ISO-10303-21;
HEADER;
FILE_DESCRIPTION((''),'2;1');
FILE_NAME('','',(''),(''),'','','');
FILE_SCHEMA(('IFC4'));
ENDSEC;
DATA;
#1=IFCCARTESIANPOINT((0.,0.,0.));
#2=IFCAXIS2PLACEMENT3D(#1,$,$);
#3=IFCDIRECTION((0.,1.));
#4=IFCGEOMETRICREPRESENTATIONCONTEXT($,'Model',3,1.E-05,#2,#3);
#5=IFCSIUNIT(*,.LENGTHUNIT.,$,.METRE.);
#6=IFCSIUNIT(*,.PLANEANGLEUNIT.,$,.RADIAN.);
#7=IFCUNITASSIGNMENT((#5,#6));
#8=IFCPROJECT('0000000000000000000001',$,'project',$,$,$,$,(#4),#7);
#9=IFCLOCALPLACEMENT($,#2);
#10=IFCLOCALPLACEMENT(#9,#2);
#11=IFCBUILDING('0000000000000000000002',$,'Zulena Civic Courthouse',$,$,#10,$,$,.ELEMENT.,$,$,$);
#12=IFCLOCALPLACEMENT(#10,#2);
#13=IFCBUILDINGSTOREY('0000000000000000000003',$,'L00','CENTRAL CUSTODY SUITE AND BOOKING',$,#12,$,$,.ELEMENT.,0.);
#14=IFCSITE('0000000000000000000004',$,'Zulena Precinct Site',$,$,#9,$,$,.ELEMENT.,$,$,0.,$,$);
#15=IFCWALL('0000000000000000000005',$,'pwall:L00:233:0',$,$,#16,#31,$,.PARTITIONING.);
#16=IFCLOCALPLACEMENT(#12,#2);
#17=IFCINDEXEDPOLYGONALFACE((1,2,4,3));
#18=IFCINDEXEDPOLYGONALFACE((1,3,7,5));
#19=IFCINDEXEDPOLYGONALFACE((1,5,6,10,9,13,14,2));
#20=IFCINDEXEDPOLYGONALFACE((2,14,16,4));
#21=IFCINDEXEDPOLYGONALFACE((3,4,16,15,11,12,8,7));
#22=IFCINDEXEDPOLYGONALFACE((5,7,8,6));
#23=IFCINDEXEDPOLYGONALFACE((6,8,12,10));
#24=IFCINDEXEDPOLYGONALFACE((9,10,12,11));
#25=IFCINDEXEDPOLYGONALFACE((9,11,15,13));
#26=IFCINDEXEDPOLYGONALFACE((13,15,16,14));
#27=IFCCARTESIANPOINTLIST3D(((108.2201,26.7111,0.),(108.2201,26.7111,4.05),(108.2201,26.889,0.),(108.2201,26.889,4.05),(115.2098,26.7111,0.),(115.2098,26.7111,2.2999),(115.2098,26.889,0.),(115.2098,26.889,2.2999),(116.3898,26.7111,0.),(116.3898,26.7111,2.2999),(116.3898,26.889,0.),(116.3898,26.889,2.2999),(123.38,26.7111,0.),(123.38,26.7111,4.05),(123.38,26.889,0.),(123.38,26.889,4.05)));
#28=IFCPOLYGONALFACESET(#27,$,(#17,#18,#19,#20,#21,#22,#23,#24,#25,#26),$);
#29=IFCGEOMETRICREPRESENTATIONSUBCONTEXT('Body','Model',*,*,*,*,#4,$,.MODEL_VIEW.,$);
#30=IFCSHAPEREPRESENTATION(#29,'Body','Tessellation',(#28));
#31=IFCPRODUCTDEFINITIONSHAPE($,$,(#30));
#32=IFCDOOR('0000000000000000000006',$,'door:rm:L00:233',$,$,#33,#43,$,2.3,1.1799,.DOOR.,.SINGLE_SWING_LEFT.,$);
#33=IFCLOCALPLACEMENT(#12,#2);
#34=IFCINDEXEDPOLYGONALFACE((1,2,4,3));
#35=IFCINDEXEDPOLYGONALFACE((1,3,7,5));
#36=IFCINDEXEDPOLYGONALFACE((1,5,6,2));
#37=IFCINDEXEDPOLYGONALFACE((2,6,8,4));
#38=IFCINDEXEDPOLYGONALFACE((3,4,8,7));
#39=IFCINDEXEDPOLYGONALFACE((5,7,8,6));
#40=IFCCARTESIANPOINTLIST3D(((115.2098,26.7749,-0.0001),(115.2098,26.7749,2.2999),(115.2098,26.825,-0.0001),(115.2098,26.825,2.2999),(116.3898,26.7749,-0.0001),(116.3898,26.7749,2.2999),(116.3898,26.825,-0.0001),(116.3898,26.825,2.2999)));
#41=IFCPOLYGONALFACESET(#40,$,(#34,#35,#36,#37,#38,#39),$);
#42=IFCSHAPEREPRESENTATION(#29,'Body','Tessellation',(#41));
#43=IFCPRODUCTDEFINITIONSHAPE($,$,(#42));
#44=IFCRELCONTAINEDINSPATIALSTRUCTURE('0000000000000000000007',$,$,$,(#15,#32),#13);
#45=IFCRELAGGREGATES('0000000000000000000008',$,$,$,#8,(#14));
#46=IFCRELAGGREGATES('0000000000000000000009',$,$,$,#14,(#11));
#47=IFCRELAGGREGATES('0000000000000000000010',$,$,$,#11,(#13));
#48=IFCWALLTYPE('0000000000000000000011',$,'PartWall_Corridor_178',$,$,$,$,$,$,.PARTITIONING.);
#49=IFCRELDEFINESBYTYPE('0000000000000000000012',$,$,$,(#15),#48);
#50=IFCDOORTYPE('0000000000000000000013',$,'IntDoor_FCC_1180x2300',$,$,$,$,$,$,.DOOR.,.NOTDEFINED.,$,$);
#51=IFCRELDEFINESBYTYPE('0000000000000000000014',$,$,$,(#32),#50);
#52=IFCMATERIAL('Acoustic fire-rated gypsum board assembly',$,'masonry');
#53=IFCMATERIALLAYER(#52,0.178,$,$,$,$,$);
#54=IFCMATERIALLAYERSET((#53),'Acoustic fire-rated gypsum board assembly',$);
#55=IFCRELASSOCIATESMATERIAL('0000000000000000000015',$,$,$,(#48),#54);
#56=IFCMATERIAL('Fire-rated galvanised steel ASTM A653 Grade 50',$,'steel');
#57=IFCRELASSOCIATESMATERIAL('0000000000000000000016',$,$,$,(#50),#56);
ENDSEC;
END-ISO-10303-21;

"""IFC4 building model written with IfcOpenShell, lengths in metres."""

from ifc_helpers import new_model, si_unit, direction, frame, frame_2d, origin, place, context, subcontext, project, spatial, rectangle, extrude, material, layer, layer_set, type_object, element, fill, save


model = new_model("IFC4")

# Units and contexts
model_context = context("Model", 3, precision=1e-05, world=origin(), true_north=direction((0.0, 1.0)))
body_context = subcontext(model_context, "Body", "Model", "MODEL_VIEW")
ifc_project = project(units=[si_unit("LENGTHUNIT", "METRE"), si_unit("PLANEANGLEUNIT", "RADIAN")], contexts=[model_context])

# Site, building, storey
site_placement = place(None, origin())
site = spatial("IfcSite", under=ifc_project, at=site_placement, Name="Zulena Precinct Site", CompositionType="ELEMENT", RefElevation=0.0)
building_placement = place(site_placement, origin())
building = spatial("IfcBuilding", under=site, at=building_placement, Name="Zulena Civic Courthouse", CompositionType="ELEMENT")
storey_placement = place(building_placement, origin())
storey = spatial("IfcBuildingStorey", under=building, at=storey_placement, Name="L00", Description="CENTRAL CUSTODY SUITE AND BOOKING", CompositionType="ELEMENT", Elevation=0.0)

# Wall, opening, door
ifc_material_1 = material(Name="Acoustic fire-rated gypsum board assembly", Category="masonry")
ifc_layer_1 = layer(ifc_material_1, 0.178)
ifc_layer_set_1 = layer_set([ifc_layer_1], Name="Acoustic fire-rated gypsum board assembly")
wall_type_1 = type_object("IfcWallType", Name="PartWall_Corridor_178", PredefinedType="PARTITIONING", material=ifc_layer_set_1)
wall_1_placement = place(storey_placement, frame((108.22, 26.8, 0.0), z_axis=(0.0, 0.0, 1.0), x_axis=(1.0, 0.0, 0.0)))
wall_1 = element("IfcWall", 1, at=wall_1_placement, inside=storey, type_object=wall_type_1, Name="pwall:L00:233:0", PredefinedType="PARTITIONING", context=body_context, shape_type="SweptSolid", body=[
    extrude(rectangle(XDim=15.1599, YDim=0.178, at=frame_2d((7.5801, 0.0))), origin(), (0.0, 0.0, 1.0), 4.05),
])
opening_1_placement = place(wall_1_placement, frame((6.99, 0.0, 0.0)))
opening_1 = element("IfcOpeningElement", 2, at=opening_1_placement, cuts=wall_1, PredefinedType="OPENING", context=body_context, shape_type="SweptSolid", body=[
    extrude(rectangle(XDim=1.1799, YDim=2.3, at=frame_2d((0.5898, 1.1499))), frame((0.0, 0.0989, 0.0), z_axis=(0.0, -1.0, 0.0), x_axis=(1.0, 0.0, 0.0)), (0.0, 0.0, 1.0), 0.198),
])
ifc_material_2 = material(Name="Fire-rated galvanised steel ASTM A653 Grade 50", Category="steel")
door_type_1 = type_object("IfcDoorType", Name="IntDoor_FCC_1180x2300", OperationType="NOTDEFINED", PredefinedType="DOOR", material=ifc_material_2)
door_1_placement = place(opening_1_placement, origin())
door_1 = element("IfcDoor", 3, at=door_1_placement, inside=storey, type_object=door_type_1, Name="door:rm:L00:233", OperationType="SINGLE_SWING_LEFT", OverallHeight=2.3, OverallWidth=1.1799, PredefinedType="DOOR", context=body_context, shape_type="SweptSolid", body=[
    extrude(rectangle(XDim=1.1799, YDim=2.3, at=frame_2d((0.5898, 1.1499))), frame((0.0, 0.0249, 0.0), z_axis=(0.0, -1.0, 0.0), x_axis=(1.0, 0.0, 0.0)), (0.0, 0.0, 1.0), 0.05),
])
fill(opening_1, door_1)

save(model, "model.ifc")
